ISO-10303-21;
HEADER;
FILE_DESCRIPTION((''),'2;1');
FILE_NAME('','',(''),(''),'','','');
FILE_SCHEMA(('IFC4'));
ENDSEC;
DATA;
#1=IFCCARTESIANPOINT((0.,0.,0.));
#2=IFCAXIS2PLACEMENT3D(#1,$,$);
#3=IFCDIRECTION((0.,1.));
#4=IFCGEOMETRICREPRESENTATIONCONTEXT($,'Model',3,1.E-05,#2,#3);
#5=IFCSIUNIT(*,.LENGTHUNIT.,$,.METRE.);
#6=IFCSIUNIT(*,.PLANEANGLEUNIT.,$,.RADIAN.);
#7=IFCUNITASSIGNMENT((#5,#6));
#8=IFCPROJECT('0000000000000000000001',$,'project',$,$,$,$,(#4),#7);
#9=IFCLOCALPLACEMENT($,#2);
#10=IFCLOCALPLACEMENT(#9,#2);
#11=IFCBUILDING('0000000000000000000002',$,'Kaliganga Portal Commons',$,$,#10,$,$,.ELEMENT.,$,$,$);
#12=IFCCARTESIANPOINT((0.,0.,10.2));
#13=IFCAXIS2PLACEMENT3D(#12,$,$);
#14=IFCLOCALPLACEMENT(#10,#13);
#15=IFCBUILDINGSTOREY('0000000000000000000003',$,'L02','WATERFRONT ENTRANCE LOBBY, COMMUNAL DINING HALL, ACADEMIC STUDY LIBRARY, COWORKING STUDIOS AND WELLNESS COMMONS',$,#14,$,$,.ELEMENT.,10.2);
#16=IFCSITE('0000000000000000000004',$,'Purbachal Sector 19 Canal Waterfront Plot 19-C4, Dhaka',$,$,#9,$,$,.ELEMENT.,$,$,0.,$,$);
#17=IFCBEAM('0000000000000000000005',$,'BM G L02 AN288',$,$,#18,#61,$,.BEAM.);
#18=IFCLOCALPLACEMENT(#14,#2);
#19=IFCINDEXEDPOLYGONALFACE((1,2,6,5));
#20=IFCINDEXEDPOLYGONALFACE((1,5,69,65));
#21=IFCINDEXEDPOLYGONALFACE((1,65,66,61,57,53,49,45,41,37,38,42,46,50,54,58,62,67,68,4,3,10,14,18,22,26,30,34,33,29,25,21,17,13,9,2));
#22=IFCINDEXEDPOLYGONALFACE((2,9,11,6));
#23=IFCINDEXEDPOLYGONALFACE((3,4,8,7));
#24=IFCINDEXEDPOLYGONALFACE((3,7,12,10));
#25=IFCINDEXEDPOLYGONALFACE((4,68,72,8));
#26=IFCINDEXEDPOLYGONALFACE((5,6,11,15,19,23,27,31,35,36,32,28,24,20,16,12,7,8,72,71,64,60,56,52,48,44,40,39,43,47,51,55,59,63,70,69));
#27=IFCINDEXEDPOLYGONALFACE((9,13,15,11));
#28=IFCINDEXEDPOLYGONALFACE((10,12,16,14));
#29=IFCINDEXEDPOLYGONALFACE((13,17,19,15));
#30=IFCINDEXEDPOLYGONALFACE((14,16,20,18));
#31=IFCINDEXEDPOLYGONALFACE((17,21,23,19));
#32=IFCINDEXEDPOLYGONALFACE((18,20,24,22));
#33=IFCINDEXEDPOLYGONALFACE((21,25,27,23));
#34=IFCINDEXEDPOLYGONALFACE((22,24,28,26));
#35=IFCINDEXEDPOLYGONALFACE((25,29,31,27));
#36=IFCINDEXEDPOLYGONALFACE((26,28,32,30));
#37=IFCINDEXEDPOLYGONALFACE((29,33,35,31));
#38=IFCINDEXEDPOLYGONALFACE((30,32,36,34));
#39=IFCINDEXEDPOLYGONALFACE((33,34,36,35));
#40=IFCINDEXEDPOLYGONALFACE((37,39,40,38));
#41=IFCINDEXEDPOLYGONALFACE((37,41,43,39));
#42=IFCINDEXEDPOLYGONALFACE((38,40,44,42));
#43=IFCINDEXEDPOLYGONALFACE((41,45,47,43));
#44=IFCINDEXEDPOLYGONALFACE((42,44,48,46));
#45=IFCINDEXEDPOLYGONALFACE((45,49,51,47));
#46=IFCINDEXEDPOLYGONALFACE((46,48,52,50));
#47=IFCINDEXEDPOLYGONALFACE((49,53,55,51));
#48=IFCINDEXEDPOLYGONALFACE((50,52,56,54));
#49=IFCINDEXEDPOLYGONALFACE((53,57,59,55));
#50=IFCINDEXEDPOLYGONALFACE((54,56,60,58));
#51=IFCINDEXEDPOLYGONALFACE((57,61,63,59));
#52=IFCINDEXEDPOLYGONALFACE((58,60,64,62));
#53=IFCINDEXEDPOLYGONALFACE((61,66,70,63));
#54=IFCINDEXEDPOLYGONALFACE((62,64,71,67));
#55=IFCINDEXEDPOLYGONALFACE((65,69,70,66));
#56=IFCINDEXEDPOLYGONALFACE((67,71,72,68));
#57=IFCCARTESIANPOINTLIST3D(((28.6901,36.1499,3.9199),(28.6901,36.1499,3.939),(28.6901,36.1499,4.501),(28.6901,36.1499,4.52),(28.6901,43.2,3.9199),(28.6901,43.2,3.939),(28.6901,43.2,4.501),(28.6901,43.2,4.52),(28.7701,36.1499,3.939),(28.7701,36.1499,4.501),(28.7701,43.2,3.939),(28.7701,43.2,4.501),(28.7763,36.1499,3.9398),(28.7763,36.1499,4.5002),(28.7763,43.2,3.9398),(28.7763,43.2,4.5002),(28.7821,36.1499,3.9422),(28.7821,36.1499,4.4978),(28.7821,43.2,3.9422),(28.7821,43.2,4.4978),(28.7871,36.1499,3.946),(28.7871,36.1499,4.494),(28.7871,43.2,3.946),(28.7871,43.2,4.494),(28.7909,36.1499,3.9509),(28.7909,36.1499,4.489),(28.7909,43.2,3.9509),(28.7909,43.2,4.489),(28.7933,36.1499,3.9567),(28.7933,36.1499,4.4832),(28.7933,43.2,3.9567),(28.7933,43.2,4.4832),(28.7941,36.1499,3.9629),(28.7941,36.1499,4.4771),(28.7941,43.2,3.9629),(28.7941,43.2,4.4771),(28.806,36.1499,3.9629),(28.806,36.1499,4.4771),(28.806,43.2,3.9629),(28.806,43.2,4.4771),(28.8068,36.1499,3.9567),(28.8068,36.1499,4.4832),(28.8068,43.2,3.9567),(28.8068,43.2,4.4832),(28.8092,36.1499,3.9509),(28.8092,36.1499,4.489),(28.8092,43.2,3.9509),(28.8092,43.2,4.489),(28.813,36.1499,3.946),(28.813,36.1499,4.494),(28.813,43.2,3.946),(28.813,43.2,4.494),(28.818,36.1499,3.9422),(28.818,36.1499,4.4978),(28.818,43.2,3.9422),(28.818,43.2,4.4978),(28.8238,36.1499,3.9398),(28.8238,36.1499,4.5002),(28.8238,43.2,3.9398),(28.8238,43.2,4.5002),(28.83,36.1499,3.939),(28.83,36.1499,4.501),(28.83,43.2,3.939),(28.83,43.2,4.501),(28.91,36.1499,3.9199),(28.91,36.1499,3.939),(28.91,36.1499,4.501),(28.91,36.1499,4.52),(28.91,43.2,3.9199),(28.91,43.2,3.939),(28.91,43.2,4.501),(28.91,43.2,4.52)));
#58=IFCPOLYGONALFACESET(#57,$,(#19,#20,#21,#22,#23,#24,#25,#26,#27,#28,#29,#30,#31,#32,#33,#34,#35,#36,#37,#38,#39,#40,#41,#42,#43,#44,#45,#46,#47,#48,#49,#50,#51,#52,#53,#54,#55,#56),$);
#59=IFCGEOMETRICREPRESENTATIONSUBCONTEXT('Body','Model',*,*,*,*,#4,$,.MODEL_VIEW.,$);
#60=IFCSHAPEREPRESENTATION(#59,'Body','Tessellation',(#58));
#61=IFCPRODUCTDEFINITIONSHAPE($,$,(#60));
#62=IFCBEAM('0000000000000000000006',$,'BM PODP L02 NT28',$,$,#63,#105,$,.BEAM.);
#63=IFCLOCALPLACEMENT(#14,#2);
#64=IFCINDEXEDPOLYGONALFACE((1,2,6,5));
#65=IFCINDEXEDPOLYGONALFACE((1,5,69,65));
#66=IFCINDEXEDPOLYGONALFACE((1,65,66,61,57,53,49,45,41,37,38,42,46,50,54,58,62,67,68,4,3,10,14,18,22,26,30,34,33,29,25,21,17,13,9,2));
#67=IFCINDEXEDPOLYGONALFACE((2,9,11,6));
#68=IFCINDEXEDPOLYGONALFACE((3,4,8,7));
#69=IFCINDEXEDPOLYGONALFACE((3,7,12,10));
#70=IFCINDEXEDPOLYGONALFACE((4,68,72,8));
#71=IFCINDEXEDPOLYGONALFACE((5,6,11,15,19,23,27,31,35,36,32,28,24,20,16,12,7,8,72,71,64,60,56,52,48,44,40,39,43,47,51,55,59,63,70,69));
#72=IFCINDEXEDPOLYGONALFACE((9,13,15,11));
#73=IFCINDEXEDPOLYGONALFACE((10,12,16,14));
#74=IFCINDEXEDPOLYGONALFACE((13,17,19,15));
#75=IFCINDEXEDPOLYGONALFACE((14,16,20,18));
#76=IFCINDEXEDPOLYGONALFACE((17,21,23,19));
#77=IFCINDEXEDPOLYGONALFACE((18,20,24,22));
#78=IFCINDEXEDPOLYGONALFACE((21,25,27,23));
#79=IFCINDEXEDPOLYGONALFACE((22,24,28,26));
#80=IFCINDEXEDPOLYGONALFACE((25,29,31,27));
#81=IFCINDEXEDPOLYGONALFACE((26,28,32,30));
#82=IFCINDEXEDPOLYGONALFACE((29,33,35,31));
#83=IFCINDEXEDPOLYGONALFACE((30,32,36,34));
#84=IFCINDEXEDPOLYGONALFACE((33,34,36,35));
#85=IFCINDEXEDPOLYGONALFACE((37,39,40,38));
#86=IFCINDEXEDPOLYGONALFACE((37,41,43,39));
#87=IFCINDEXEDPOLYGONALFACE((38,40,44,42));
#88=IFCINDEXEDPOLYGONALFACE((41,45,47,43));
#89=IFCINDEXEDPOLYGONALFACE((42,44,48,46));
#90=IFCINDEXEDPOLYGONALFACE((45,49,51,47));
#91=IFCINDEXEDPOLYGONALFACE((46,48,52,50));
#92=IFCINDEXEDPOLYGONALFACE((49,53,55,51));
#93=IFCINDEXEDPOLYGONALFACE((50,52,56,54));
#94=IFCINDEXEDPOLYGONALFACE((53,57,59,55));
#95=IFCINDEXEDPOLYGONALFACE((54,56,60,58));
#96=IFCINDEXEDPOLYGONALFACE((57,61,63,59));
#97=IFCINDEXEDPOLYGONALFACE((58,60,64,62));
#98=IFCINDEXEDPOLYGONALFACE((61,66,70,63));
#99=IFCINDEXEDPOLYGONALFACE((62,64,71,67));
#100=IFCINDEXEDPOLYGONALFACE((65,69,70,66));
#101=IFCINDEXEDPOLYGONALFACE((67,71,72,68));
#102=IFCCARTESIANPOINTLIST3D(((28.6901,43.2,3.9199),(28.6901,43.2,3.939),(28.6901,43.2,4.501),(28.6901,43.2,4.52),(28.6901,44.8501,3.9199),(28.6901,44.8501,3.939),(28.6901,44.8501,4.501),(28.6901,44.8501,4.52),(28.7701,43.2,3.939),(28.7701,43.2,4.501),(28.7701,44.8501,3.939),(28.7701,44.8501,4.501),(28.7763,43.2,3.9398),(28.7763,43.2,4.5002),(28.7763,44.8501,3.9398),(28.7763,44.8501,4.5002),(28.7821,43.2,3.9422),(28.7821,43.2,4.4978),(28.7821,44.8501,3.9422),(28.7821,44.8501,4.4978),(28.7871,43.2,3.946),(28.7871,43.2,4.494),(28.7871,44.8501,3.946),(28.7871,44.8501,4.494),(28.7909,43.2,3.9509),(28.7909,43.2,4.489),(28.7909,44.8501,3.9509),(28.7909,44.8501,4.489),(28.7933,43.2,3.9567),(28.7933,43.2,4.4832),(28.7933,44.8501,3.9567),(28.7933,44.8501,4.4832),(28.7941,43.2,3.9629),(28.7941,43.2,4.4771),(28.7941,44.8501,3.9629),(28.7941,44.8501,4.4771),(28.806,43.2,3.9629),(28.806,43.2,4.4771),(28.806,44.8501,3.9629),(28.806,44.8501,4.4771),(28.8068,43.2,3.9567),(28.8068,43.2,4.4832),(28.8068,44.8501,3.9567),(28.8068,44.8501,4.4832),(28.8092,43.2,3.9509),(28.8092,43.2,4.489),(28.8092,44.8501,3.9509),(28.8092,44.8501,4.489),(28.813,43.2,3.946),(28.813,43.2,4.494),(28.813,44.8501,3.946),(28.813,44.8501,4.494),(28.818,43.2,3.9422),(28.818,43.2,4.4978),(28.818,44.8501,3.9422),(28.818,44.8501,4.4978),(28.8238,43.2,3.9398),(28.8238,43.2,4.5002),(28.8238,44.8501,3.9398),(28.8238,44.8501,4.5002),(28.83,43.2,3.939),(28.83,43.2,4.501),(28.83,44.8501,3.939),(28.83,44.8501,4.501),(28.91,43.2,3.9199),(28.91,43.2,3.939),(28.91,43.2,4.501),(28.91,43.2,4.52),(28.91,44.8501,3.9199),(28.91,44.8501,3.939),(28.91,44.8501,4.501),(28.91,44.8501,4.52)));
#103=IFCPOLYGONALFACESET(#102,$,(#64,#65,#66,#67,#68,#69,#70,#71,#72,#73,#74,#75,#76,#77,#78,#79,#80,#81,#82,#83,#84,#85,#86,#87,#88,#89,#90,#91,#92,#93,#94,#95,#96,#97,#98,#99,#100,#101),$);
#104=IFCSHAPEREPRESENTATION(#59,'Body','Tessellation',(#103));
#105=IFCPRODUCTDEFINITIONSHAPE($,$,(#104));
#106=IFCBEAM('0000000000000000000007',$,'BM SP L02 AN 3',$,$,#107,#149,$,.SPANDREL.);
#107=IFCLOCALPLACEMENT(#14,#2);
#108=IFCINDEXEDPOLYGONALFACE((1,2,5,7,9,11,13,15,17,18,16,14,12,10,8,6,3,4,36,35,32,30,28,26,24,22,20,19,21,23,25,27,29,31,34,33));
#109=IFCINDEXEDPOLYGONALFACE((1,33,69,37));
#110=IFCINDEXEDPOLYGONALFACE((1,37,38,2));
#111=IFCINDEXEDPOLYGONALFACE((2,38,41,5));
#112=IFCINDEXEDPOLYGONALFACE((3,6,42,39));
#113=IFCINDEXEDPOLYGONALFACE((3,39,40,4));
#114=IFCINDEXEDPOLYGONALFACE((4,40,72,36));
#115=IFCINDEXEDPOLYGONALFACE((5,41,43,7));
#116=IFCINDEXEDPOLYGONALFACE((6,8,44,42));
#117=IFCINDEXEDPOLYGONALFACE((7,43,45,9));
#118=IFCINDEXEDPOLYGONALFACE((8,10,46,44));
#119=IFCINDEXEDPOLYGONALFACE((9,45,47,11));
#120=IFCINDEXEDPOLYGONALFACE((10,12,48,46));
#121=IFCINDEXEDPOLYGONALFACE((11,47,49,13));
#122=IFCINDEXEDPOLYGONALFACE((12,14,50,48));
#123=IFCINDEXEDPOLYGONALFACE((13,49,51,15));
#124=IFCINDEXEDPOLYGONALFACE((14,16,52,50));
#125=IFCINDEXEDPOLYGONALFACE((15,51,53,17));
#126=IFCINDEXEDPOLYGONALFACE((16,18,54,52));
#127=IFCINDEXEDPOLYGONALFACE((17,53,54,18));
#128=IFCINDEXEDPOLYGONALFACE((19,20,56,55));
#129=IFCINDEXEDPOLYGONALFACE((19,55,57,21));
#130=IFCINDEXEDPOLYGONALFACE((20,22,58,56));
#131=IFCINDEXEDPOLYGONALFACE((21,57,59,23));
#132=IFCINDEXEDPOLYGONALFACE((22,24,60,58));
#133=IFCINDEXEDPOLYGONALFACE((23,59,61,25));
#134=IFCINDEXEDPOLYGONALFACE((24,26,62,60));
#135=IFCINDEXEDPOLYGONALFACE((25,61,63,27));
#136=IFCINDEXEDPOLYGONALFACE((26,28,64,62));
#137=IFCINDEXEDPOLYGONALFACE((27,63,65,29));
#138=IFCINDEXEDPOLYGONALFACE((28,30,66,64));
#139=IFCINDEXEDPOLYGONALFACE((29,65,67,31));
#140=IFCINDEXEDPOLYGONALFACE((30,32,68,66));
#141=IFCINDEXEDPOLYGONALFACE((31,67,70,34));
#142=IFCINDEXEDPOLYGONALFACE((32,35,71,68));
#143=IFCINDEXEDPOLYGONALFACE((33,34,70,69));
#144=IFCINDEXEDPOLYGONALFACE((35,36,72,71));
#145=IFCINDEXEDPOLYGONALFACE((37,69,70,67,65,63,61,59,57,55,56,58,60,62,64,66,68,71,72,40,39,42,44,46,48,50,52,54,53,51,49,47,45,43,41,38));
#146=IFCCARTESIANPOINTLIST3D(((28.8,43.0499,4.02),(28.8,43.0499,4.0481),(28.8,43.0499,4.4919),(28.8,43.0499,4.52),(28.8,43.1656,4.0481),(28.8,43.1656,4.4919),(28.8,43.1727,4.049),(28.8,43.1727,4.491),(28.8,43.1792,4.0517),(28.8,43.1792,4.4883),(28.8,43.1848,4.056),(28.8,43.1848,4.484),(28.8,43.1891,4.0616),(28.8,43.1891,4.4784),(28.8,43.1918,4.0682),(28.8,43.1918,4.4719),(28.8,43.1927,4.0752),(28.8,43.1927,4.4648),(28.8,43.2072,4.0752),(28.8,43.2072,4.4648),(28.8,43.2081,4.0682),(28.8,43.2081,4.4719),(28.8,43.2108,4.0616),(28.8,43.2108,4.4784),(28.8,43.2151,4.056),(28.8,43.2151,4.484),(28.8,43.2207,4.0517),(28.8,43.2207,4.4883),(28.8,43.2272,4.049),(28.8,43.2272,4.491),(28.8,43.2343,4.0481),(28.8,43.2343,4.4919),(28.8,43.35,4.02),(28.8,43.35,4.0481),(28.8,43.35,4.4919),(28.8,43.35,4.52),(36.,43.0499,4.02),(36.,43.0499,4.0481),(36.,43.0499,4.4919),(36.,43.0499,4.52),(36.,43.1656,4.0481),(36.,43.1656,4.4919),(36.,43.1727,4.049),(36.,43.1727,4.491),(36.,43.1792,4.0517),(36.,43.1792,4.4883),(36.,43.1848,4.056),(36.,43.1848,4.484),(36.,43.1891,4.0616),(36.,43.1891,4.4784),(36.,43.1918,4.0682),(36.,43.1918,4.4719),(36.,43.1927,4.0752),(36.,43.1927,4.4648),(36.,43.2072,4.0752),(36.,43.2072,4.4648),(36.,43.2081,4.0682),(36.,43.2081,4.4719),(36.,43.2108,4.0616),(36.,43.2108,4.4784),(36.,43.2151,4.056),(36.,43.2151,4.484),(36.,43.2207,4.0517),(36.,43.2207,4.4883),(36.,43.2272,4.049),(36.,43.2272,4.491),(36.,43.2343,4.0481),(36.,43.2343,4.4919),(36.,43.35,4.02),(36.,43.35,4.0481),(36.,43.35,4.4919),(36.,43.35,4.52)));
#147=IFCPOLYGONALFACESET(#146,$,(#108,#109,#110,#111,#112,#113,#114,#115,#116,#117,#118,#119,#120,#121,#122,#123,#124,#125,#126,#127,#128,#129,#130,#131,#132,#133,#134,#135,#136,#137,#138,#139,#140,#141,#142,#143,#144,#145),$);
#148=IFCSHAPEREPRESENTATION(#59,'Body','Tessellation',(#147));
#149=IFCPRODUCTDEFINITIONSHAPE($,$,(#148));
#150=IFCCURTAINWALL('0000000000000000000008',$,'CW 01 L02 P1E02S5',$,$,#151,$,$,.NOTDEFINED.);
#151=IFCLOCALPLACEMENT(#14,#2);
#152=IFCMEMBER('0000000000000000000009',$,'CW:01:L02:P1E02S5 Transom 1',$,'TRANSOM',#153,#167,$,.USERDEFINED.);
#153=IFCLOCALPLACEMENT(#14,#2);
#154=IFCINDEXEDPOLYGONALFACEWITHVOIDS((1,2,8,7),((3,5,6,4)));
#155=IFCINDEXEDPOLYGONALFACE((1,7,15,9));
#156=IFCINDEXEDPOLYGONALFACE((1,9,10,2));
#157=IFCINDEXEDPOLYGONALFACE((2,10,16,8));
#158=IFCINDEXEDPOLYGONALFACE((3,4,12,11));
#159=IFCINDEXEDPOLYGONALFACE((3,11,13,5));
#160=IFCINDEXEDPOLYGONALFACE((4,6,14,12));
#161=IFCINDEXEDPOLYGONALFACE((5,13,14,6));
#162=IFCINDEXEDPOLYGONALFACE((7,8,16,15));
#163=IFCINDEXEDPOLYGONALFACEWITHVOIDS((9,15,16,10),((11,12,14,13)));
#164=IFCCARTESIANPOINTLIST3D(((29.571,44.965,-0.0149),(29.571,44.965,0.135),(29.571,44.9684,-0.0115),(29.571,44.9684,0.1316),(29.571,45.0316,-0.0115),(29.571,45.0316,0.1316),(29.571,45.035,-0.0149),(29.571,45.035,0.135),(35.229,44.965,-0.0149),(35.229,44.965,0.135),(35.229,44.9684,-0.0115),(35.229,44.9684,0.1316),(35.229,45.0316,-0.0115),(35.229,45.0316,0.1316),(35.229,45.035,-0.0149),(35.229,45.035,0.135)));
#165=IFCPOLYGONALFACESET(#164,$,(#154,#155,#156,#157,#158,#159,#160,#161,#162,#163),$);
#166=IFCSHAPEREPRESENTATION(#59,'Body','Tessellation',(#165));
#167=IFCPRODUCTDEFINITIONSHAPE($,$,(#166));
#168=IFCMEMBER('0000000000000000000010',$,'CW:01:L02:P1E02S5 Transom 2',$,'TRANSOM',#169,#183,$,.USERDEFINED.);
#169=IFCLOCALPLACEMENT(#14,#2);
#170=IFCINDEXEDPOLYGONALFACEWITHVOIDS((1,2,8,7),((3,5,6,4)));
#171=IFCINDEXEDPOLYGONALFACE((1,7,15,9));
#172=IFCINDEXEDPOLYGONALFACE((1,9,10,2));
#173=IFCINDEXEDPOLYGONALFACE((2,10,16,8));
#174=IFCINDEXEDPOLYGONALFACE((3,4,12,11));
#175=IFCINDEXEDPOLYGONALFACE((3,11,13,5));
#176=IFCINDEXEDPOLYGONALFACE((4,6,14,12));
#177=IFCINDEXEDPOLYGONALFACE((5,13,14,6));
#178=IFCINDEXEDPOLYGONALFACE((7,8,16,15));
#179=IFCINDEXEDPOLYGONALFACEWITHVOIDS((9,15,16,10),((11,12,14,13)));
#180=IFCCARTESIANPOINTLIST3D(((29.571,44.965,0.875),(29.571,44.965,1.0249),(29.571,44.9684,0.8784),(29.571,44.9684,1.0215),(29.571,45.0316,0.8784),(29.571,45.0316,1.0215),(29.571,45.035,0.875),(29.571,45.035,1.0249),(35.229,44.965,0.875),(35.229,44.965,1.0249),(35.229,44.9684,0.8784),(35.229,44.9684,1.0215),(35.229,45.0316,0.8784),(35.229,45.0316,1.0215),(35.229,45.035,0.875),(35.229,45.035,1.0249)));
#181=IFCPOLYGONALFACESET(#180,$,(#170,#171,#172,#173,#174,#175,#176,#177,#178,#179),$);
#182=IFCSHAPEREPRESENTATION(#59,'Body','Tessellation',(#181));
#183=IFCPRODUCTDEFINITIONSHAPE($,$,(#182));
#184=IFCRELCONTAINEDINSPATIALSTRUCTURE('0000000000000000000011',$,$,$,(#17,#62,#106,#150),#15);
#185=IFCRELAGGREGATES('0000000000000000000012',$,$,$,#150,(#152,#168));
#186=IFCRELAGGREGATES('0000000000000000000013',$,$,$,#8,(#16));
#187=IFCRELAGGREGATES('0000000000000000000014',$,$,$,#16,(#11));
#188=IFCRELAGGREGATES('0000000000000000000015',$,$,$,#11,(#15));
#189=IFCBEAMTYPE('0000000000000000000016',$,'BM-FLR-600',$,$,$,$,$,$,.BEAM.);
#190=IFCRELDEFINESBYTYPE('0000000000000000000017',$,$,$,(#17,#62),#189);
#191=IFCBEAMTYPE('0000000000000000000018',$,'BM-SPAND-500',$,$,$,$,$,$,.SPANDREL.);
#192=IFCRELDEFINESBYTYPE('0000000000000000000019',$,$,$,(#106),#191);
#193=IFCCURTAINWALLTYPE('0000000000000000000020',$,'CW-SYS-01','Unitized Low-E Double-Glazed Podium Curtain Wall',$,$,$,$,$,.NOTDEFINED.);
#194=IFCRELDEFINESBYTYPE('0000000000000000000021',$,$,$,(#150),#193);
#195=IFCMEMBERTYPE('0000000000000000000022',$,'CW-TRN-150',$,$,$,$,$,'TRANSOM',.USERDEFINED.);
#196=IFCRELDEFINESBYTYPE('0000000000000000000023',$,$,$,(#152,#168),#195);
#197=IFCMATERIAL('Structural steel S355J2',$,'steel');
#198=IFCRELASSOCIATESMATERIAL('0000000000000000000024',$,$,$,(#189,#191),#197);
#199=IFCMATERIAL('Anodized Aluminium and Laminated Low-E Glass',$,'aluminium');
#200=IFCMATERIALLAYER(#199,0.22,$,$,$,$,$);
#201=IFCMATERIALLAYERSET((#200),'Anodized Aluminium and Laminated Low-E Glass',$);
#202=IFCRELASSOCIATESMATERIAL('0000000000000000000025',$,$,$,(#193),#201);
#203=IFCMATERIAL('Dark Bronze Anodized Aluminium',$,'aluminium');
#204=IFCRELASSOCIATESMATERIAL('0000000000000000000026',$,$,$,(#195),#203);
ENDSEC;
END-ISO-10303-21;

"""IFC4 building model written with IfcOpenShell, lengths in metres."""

from ifc_helpers import new_model, si_unit, direction, frame, origin, origin_2d, place, context, subcontext, project, spatial, hollow_rectangle, i_section, extrude, source, transform, mapped, material, layer, layer_set, material_profile, profile_set, type_object, element, aggregate, save


model = new_model("IFC4")

# Units and contexts
model_context = context("Model", 3, precision=1e-05, world=origin(), true_north=direction((0.0, 1.0)))
body_context = subcontext(model_context, "Body", "Model", "MODEL_VIEW")
ifc_project = project(units=[si_unit("LENGTHUNIT", "METRE"), si_unit("PLANEANGLEUNIT", "RADIAN")], contexts=[model_context])

# Site, building, storey
site_placement = place(None, origin())
site = spatial("IfcSite", under=ifc_project, at=site_placement, Name="Purbachal Sector 19 Canal Waterfront Plot 19-C4, Dhaka", CompositionType="ELEMENT", RefElevation=0.0)
building_placement = place(site_placement, origin())
building = spatial("IfcBuilding", under=site, at=building_placement, Name="Kaliganga Portal Commons", CompositionType="ELEMENT")
storey_placement = place(building_placement, frame((0.0, 0.0, 10.2)))
storey = spatial("IfcBuildingStorey", under=building, at=storey_placement, Name="L02", Description="WATERFRONT ENTRANCE LOBBY, COMMUNAL DINING HALL, ACADEMIC STUDY LIBRARY, COWORKING STUDIOS AND WELLNESS COMMONS", CompositionType="ELEMENT", Elevation=10.2)

# Beams
ifc_material_1 = material(Name="Structural steel S355J2", Category="steel")
ifc_material_profile_1 = material_profile(ifc_material_1, i_section(OverallWidth=0.22, OverallDepth=0.6001, WebThickness=0.012, FlangeThickness=0.019, FilletRadius=0.0239, at=origin_2d()), Name="IPE 600")
ifc_profile_set_1 = profile_set([ifc_material_profile_1], Name="Structural steel S355J2 wide-flange")
beam_type_1 = type_object("IfcBeamType", Name="BM-FLR-600", PredefinedType="BEAM", material=ifc_profile_set_1)
shared_shape_1 = source(origin(), body_context, "Body", "SweptSolid", [
    extrude(i_section(OverallWidth=0.22, OverallDepth=0.6001, WebThickness=0.012, FlangeThickness=0.019, FilletRadius=0.0239, at=origin_2d()), origin(), (0.0, 0.0, 1.0), 7.05),
])
beam_1_placement = place(storey_placement, frame((28.8, 36.1499, 4.22), z_axis=(0.0, 1.0, 0.0), x_axis=(-1.0, 0.0, 0.0)))
element("IfcBeam", 1, at=beam_1_placement, inside=storey, type_object=beam_type_1, Name="BM G L02 AN288", PredefinedType="BEAM", context=body_context, shape_type="MappedRepresentation", body=[
    mapped(shared_shape_1, transform((0.0, 0.0, 0.0), x_axis=(1.0, 0.0, 0.0), y_axis=(0.0, 1.0, 0.0), z_axis=(0.0, 0.0, 1.0), scale=1.0)),
])
shared_shape_2 = source(origin(), body_context, "Body", "SweptSolid", [
    extrude(i_section(OverallWidth=0.22, OverallDepth=0.6001, WebThickness=0.012, FlangeThickness=0.019, FilletRadius=0.0239, at=origin_2d()), origin(), (0.0, 0.0, 1.0), 1.6501),
])
beam_2_placement = place(storey_placement, frame((28.8, 43.2, 4.22), z_axis=(0.0, 1.0, 0.0), x_axis=(-1.0, 0.0, 0.0)))
element("IfcBeam", 2, at=beam_2_placement, inside=storey, type_object=beam_type_1, Name="BM PODP L02 NT28", PredefinedType="BEAM", context=body_context, shape_type="MappedRepresentation", body=[
    mapped(shared_shape_2, transform((0.0, 0.0, 0.0), x_axis=(1.0, 0.0, 0.0), y_axis=(0.0, 1.0, 0.0), z_axis=(0.0, 0.0, 1.0), scale=1.0)),
])
ifc_material_profile_2 = material_profile(ifc_material_1, i_section(OverallWidth=0.3, OverallDepth=0.5, WebThickness=0.0144, FlangeThickness=0.0281, FilletRadius=0.0271, at=origin_2d()), Name="HE 500 B")
ifc_profile_set_2 = profile_set([ifc_material_profile_2], Name="Structural steel S355J2 wide-flange")
beam_type_2 = type_object("IfcBeamType", Name="BM-SPAND-500", PredefinedType="SPANDREL", material=ifc_profile_set_2)
shared_shape_3 = source(origin(), body_context, "Body", "SweptSolid", [
    extrude(i_section(OverallWidth=0.3, OverallDepth=0.5, WebThickness=0.0144, FlangeThickness=0.0281, FilletRadius=0.0271, at=origin_2d()), origin(), (0.0, 0.0, 1.0), 7.2),
])
beam_3_placement = place(storey_placement, frame((28.8, 43.2, 4.27), z_axis=(1.0, 0.0, 0.0), x_axis=(0.0, 1.0, 0.0)))
element("IfcBeam", 3, at=beam_3_placement, inside=storey, type_object=beam_type_2, Name="BM SP L02 AN 3", PredefinedType="SPANDREL", context=body_context, shape_type="MappedRepresentation", body=[
    mapped(shared_shape_3, transform((0.0, 0.0, 0.0), x_axis=(1.0, 0.0, 0.0), y_axis=(0.0, 1.0, 0.0), z_axis=(0.0, 0.0, 1.0), scale=1.0)),
])

# Curtain wall, members
ifc_material_2 = material(Name="Anodized Aluminium and Laminated Low-E Glass", Category="aluminium")
ifc_layer_1 = layer(ifc_material_2, 0.22)
ifc_layer_set_1 = layer_set([ifc_layer_1], Name="Anodized Aluminium and Laminated Low-E Glass")
curtain_wall_type = type_object("IfcCurtainWallType", Name="CW-SYS-01", Description="Unitized Low-E Double-Glazed Podium Curtain Wall", PredefinedType="NOTDEFINED", material=ifc_layer_set_1)
curtain_wall_1_placement = place(storey_placement, origin())
curtain_wall_1 = element("IfcCurtainWall", 4, at=curtain_wall_1_placement, inside=storey, type_object=curtain_wall_type, Name="CW 01 L02 P1E02S5", PredefinedType="NOTDEFINED")
ifc_material_3 = material(Name="Dark Bronze Anodized Aluminium", Category="aluminium")
ifc_material_profile_3 = material_profile(ifc_material_3, hollow_rectangle(XDim=0.0701, YDim=0.1499, WallThickness=0.0034, at=origin_2d()), Name="ALU TRAN 70x150x3.5")
ifc_profile_set_3 = profile_set([ifc_material_profile_3], Name="Dark Bronze Anodized Aluminium")
member_type_1 = type_object("IfcMemberType", Name="CW-TRN-150", ElementType="TRANSOM", PredefinedType="USERDEFINED", material=ifc_profile_set_3)
shared_shape_4 = source(origin(), body_context, "Body", "SweptSolid", [
    extrude(hollow_rectangle(XDim=0.0701, YDim=0.1499, WallThickness=0.0034, at=origin_2d()), origin(), (0.0, 0.0, 1.0), 5.658),
])
member_1_placement = place(storey_placement, frame((35.229, 45.0, 0.0601), z_axis=(-1.0, 0.0, 0.0), x_axis=(0.0, -1.0, 0.0)))
member_1 = element("IfcMember", 5, at=member_1_placement, type_object=member_type_1, Name="CW:01:L02:P1E02S5 Transom 1", ObjectType="TRANSOM", PredefinedType="USERDEFINED", context=body_context, shape_type="MappedRepresentation", body=[
    mapped(shared_shape_4, transform((0.0, 0.0, 0.0), x_axis=(1.0, 0.0, 0.0), y_axis=(0.0, 1.0, 0.0), z_axis=(0.0, 0.0, 1.0), scale=1.0)),
])
member_2_placement = place(storey_placement, frame((35.229, 45.0, 0.95), z_axis=(-1.0, 0.0, 0.0), x_axis=(0.0, -1.0, 0.0)))
member_2 = element("IfcMember", 6, at=member_2_placement, type_object=member_type_1, Name="CW:01:L02:P1E02S5 Transom 2", ObjectType="TRANSOM", PredefinedType="USERDEFINED", context=body_context, shape_type="MappedRepresentation", body=[
    mapped(shared_shape_4, transform((0.0, 0.0, 0.0), x_axis=(1.0, 0.0, 0.0), y_axis=(0.0, 1.0, 0.0), z_axis=(0.0, 0.0, 1.0), scale=1.0)),
])

aggregate(curtain_wall_1, [member_1, member_2])

save(model, "model.ifc")
